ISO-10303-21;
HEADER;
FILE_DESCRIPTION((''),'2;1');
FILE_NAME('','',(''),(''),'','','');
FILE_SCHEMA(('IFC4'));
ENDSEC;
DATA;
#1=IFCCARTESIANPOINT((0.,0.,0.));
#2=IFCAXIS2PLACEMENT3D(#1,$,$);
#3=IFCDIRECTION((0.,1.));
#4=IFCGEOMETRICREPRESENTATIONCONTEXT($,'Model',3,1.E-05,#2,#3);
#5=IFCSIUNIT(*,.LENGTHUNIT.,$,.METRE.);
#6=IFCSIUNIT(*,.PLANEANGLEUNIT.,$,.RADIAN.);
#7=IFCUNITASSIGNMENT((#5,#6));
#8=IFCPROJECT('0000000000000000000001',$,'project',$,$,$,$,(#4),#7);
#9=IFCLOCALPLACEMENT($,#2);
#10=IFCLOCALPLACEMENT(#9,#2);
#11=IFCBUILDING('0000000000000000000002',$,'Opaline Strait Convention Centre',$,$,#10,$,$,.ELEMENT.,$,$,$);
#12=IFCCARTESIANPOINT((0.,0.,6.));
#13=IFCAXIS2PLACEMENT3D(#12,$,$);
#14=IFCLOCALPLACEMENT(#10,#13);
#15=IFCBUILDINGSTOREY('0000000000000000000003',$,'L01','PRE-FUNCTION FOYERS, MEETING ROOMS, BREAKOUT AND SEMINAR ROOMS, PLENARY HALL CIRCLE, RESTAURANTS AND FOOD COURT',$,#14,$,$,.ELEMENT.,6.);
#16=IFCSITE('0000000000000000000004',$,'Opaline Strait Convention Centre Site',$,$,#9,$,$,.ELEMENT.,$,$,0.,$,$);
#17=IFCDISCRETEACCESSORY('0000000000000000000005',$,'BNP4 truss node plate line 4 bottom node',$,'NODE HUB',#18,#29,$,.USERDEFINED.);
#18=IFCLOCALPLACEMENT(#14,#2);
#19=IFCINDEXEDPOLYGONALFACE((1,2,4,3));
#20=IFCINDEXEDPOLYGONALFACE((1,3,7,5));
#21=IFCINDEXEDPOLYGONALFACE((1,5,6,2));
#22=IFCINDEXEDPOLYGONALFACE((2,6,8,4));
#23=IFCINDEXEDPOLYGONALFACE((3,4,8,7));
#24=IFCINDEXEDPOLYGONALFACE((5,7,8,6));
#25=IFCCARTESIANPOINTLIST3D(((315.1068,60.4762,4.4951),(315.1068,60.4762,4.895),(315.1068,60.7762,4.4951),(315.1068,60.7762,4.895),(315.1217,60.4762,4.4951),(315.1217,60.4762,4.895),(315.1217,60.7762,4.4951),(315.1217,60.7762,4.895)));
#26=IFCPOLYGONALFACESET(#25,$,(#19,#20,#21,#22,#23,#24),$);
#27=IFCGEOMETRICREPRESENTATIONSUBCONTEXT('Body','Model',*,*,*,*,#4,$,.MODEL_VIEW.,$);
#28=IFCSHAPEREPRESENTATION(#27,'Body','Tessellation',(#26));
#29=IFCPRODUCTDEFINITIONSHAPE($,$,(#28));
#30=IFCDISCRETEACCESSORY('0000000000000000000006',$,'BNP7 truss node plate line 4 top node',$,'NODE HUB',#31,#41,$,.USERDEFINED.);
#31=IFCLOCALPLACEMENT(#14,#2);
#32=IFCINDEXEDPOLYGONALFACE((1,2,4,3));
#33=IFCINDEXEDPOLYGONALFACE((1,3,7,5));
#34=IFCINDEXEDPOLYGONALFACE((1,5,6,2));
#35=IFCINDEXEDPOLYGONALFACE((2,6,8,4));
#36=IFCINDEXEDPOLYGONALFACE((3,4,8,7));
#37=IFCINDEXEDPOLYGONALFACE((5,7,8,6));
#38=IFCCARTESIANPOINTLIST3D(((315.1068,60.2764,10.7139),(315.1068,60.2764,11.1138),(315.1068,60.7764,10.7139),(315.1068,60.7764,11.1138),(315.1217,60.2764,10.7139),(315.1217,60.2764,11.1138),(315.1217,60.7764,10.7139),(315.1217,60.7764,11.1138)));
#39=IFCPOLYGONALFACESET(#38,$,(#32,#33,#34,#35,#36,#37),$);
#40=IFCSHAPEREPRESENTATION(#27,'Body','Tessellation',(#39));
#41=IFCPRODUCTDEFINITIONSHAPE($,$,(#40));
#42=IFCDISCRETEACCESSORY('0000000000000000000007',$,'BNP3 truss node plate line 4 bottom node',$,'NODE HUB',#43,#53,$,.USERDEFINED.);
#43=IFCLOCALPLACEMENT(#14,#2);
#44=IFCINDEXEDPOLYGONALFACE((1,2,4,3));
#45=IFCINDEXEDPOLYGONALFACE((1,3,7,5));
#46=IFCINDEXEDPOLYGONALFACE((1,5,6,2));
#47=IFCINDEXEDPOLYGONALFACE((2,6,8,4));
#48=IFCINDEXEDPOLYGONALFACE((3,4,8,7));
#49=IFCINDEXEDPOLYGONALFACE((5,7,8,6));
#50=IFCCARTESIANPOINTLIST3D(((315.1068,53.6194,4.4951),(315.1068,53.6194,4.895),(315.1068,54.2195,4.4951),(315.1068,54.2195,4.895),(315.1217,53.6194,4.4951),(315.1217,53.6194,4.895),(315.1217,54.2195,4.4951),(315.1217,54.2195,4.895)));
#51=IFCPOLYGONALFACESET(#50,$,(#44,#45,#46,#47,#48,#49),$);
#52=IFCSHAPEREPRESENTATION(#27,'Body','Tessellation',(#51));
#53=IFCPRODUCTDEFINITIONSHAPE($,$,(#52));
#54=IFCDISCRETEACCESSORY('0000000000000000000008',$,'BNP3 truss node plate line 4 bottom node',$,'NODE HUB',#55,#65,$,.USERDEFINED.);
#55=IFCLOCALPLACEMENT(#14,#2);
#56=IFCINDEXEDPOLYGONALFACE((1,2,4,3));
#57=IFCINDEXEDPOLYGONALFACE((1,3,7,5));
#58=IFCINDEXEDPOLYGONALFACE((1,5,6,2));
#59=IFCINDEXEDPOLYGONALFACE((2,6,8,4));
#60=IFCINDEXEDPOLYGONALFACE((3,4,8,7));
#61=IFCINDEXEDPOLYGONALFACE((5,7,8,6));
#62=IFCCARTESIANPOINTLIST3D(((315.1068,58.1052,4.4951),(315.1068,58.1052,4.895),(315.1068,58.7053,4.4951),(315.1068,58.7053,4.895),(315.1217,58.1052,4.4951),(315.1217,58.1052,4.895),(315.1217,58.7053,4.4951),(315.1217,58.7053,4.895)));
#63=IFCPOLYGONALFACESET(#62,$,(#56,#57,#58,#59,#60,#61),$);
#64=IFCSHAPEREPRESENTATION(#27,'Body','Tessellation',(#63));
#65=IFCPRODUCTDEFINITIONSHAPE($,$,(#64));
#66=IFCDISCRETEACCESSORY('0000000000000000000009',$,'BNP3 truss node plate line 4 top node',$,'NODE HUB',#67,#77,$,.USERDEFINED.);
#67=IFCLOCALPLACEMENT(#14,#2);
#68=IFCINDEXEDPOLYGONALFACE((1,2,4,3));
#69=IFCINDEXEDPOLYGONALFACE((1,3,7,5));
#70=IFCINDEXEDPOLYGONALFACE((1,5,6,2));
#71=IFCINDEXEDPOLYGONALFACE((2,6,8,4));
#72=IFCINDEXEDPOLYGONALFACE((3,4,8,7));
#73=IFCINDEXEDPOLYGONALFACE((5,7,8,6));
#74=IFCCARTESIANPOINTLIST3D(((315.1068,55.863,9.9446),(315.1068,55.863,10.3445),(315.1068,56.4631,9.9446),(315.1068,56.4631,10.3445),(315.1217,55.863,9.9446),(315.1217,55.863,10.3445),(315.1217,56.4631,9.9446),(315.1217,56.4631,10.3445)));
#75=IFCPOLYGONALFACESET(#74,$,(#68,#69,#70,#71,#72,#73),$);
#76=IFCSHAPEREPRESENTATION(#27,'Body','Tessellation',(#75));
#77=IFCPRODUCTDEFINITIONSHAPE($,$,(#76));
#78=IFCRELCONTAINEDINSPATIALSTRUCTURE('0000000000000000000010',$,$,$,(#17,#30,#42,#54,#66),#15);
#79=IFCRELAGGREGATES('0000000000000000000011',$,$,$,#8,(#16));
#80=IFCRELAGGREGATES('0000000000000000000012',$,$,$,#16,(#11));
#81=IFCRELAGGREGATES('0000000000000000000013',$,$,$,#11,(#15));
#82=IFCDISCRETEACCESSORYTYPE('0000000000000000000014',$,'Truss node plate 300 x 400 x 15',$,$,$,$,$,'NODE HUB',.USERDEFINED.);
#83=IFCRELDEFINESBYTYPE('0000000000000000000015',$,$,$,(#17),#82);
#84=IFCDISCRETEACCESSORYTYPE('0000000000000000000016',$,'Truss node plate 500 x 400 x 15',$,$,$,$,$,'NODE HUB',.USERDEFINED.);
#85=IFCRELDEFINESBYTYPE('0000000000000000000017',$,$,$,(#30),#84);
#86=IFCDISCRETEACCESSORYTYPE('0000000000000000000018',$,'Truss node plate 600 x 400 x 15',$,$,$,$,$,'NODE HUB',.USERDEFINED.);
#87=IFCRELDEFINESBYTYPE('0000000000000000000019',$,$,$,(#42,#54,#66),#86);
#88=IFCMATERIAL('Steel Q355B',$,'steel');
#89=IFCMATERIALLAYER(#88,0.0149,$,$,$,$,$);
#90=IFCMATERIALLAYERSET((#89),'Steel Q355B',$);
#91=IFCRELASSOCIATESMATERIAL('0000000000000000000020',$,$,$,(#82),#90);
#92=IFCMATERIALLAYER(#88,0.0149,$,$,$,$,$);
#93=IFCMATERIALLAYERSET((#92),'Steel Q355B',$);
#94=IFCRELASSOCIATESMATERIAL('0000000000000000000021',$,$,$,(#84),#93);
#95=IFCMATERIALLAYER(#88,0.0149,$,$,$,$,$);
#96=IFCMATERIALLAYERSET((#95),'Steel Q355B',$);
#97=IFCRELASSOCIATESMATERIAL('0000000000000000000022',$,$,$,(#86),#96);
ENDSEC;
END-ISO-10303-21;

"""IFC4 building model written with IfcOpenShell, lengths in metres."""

from ifc_helpers import new_model, si_unit, direction, frame, origin, origin_2d, place, context, subcontext, project, spatial, rectangle, extrude, material, layer, layer_set, type_object, element, save


model = new_model("IFC4")

# Units and contexts
model_context = context("Model", 3, precision=1e-05, world=origin(), true_north=direction((0.0, 1.0)))
body_context = subcontext(model_context, "Body", "Model", "MODEL_VIEW")
ifc_project = project(units=[si_unit("LENGTHUNIT", "METRE"), si_unit("PLANEANGLEUNIT", "RADIAN")], contexts=[model_context])

# Site, building, storey
site_placement = place(None, origin())
site = spatial("IfcSite", under=ifc_project, at=site_placement, Name="Opaline Strait Convention Centre Site", CompositionType="ELEMENT", RefElevation=0.0)
building_placement = place(site_placement, origin())
building = spatial("IfcBuilding", under=site, at=building_placement, Name="Opaline Strait Convention Centre", CompositionType="ELEMENT")
storey_placement = place(building_placement, frame((0.0, 0.0, 6.0)))
storey = spatial("IfcBuildingStorey", under=building, at=storey_placement, Name="L01", Description="PRE-FUNCTION FOYERS, MEETING ROOMS, BREAKOUT AND SEMINAR ROOMS, PLENARY HALL CIRCLE, RESTAURANTS AND FOOD COURT", CompositionType="ELEMENT", Elevation=6.0)

# Shared definitions
ifc_material_1 = material(Name="Steel Q355B", Category="steel")

# Discrete accessories
ifc_layer_1 = layer(ifc_material_1, 0.0149)
ifc_layer_set_1 = layer_set([ifc_layer_1], Name="Steel Q355B")
discrete_accessory_type_1 = type_object("IfcDiscreteAccessoryType", Name="Truss node plate 300 x 400 x 15", ElementType="NODE HUB", PredefinedType="USERDEFINED", material=ifc_layer_set_1)
discrete_accessory_1_placement = place(storey_placement, frame((315.1143, 60.6262, 4.4951), z_axis=(0.0, 0.0, 1.0), x_axis=(1.0, 0.0, 0.0)))
element("IfcDiscreteAccessory", 1, at=discrete_accessory_1_placement, inside=storey, type_object=discrete_accessory_type_1, Name="BNP4 truss node plate line 4 bottom node", ObjectType="NODE HUB", PredefinedType="USERDEFINED", context=body_context, shape_type="SweptSolid", body=[
    extrude(rectangle(XDim=0.0149, YDim=0.3, at=origin_2d()), origin(), (0.0, 0.0, 1.0), 0.3999),
])
ifc_layer_2 = layer(ifc_material_1, 0.0149)
ifc_layer_set_2 = layer_set([ifc_layer_2], Name="Steel Q355B")
discrete_accessory_type_2 = type_object("IfcDiscreteAccessoryType", Name="Truss node plate 500 x 400 x 15", ElementType="NODE HUB", PredefinedType="USERDEFINED", material=ifc_layer_set_2)
discrete_accessory_2_placement = place(storey_placement, frame((315.1143, 60.5264, 10.7139), z_axis=(0.0, 0.0, 1.0), x_axis=(1.0, 0.0, 0.0)))
element("IfcDiscreteAccessory", 2, at=discrete_accessory_2_placement, inside=storey, type_object=discrete_accessory_type_2, Name="BNP7 truss node plate line 4 top node", ObjectType="NODE HUB", PredefinedType="USERDEFINED", context=body_context, shape_type="SweptSolid", body=[
    extrude(rectangle(XDim=0.0149, YDim=0.5, at=origin_2d()), origin(), (0.0, 0.0, 1.0), 0.3999),
])
ifc_layer_3 = layer(ifc_material_1, 0.0149)
ifc_layer_set_3 = layer_set([ifc_layer_3], Name="Steel Q355B")
discrete_accessory_type_3 = type_object("IfcDiscreteAccessoryType", Name="Truss node plate 600 x 400 x 15", ElementType="NODE HUB", PredefinedType="USERDEFINED", material=ifc_layer_set_3)
for number, where, z_axis, x_axis, name in (
    (3, (315.1143, 53.9194, 4.4951), (0.0, 0.0, 1.0), (1.0, 0.0, 0.0), "BNP3 truss node plate line 4 bottom node"),
    (4, (315.1143, 58.4053, 4.4951), (0.0, 0.0, 1.0), (1.0, 0.0, 0.0), "BNP3 truss node plate line 4 bottom node"),
    (5, (315.1143, 56.1631, 9.9446), (0.0, 0.0, 1.0), (1.0, 0.0, 0.0), "BNP3 truss node plate line 4 top node"),
):
    element("IfcDiscreteAccessory", number, at=place(storey_placement, frame(where, z_axis=z_axis, x_axis=x_axis)), inside=storey, type_object=discrete_accessory_type_3, Name=name, ObjectType="NODE HUB", PredefinedType="USERDEFINED", context=body_context, shape_type="SweptSolid", body=[
        extrude(rectangle(XDim=0.0149, YDim=0.6001, at=origin_2d()), origin(), (0.0, 0.0, 1.0), 0.3999),
    ])

save(model, "model.ifc")
